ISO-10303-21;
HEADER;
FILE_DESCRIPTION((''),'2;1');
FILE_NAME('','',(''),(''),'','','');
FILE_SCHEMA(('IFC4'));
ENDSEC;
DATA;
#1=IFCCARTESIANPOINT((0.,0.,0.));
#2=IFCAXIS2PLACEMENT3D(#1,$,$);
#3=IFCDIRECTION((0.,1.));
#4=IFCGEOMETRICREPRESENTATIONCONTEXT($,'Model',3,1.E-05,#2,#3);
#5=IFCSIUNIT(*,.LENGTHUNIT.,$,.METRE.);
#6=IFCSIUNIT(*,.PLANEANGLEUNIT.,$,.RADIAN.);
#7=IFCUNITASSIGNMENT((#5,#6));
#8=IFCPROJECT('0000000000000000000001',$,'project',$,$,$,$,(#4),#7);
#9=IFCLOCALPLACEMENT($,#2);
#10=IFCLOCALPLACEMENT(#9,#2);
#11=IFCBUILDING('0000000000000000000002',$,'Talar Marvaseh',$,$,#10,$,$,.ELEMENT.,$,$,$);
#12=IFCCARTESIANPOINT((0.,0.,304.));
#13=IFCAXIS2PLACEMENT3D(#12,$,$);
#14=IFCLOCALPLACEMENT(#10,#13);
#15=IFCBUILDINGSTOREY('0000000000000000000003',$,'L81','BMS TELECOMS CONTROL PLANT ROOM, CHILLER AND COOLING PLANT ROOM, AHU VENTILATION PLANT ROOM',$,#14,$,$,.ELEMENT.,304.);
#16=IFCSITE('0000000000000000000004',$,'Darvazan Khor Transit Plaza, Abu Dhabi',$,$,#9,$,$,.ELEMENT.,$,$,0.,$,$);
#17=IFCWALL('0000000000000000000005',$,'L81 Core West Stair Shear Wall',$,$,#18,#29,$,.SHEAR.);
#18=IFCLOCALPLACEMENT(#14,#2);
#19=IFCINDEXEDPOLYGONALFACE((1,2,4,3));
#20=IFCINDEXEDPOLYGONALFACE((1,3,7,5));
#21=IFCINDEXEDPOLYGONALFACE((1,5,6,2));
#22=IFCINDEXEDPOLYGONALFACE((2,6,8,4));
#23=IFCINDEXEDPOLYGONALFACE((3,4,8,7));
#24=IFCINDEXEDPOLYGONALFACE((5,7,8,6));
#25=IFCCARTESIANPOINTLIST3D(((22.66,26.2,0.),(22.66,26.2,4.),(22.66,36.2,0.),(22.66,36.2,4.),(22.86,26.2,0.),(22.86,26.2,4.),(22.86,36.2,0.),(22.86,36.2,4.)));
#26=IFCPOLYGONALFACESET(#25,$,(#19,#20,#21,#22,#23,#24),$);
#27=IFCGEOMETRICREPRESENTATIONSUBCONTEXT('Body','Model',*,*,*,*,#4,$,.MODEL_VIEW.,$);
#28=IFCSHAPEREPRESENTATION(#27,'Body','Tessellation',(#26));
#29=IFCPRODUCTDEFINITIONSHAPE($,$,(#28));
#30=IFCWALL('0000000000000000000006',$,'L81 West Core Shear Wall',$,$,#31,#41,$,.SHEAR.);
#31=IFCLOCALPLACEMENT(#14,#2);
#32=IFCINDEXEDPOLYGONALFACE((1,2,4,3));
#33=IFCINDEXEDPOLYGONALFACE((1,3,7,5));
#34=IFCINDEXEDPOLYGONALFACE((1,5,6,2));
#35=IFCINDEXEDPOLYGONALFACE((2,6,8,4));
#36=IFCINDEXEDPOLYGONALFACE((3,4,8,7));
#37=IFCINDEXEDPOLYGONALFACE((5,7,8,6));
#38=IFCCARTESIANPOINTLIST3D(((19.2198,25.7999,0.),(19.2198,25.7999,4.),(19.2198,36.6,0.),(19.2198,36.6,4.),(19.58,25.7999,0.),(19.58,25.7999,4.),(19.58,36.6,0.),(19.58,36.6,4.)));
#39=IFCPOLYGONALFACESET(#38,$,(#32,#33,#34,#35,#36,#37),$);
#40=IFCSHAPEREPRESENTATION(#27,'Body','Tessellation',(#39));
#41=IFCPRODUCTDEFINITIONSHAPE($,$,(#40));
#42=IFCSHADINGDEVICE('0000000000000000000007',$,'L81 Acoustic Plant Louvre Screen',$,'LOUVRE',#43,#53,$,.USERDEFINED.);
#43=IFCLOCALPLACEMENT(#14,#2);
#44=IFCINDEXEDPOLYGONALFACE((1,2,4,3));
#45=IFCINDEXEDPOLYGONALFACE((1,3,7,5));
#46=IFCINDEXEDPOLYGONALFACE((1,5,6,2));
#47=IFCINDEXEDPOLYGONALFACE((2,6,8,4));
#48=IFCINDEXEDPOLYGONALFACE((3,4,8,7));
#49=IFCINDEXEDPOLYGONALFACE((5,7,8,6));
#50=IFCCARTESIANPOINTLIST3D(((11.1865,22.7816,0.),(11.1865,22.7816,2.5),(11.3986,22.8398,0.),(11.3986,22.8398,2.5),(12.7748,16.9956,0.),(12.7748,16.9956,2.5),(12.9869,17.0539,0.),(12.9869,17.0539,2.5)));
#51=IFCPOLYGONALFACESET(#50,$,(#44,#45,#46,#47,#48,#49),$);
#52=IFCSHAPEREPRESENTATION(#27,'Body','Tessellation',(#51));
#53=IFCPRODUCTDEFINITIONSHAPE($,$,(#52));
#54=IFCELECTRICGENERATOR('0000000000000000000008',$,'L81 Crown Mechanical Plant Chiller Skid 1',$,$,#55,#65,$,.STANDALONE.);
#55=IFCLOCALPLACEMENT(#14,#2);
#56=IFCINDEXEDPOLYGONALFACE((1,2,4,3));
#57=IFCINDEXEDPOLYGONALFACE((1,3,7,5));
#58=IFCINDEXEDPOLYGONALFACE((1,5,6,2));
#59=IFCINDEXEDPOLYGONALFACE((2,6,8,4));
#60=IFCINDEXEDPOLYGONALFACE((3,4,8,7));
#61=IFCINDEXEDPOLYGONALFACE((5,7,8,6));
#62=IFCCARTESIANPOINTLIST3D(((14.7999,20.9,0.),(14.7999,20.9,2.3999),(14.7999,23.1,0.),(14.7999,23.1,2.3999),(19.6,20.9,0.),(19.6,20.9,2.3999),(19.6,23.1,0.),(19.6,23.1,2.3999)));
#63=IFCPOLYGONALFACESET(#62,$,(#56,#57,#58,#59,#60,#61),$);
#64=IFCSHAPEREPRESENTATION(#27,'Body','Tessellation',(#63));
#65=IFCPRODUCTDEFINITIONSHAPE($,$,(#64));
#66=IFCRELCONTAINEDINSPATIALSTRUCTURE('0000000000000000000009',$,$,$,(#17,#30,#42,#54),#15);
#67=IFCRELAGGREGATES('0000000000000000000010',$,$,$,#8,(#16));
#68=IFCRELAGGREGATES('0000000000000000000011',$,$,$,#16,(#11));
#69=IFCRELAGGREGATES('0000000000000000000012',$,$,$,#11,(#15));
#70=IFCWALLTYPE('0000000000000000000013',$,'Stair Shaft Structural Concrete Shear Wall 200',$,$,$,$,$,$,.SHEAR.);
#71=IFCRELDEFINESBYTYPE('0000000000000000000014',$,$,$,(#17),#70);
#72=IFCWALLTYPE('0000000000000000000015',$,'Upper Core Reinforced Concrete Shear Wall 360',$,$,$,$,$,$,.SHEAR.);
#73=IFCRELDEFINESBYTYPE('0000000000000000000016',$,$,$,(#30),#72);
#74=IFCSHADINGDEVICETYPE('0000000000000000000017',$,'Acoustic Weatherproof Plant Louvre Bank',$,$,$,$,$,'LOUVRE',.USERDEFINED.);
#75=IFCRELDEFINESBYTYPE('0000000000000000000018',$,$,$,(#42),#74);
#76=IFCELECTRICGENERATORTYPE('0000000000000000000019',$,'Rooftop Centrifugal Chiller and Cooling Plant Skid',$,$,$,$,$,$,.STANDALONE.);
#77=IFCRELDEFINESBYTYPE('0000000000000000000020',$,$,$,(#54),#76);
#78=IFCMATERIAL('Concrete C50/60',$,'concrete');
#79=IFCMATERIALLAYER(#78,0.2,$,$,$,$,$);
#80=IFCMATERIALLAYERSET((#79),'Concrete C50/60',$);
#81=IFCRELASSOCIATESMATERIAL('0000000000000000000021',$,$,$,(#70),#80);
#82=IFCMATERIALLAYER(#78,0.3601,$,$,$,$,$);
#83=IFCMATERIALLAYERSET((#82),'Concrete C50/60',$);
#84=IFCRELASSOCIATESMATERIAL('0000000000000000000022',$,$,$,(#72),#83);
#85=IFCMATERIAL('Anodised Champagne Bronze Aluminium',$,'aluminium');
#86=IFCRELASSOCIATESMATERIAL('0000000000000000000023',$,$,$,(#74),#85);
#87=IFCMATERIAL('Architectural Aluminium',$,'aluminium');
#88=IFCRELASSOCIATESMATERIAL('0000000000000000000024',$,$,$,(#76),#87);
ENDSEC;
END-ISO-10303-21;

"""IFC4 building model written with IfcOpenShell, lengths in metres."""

from ifc_helpers import new_model, si_unit, direction, frame, frame_2d, origin, origin_2d, place, context, subcontext, project, spatial, rectangle, extrude, source, transform, mapped, material, layer, layer_set, type_object, type_shapes, element, save


model = new_model("IFC4")

# Units and contexts
model_context = context("Model", 3, precision=1e-05, world=origin(), true_north=direction((0.0, 1.0)))
body_context = subcontext(model_context, "Body", "Model", "MODEL_VIEW")
ifc_project = project(units=[si_unit("LENGTHUNIT", "METRE"), si_unit("PLANEANGLEUNIT", "RADIAN")], contexts=[model_context])

# Site, building, storey
site_placement = place(None, origin())
site = spatial("IfcSite", under=ifc_project, at=site_placement, Name="Darvazan Khor Transit Plaza, Abu Dhabi", CompositionType="ELEMENT", RefElevation=0.0)
building_placement = place(site_placement, origin())
building = spatial("IfcBuilding", under=site, at=building_placement, Name="Talar Marvaseh", CompositionType="ELEMENT")
storey_placement = place(building_placement, frame((0.0, 0.0, 304.0)))
storey = spatial("IfcBuildingStorey", under=building, at=storey_placement, Name="L81", Description="BMS TELECOMS CONTROL PLANT ROOM, CHILLER AND COOLING PLANT ROOM, AHU VENTILATION PLANT ROOM", CompositionType="ELEMENT", Elevation=304.0)

# Shared definitions
ifc_material_1 = material(Name="Concrete C50/60", Category="concrete")

# Shared definitions
ifc_material_2 = material(Name="Architectural Aluminium", Category="aluminium")

# Walls
ifc_layer_1 = layer(ifc_material_1, 0.2)
ifc_layer_set_1 = layer_set([ifc_layer_1], Name="Concrete C50/60")
wall_type_1 = type_object("IfcWallType", Name="Stair Shaft Structural Concrete Shear Wall 200", PredefinedType="SHEAR", material=ifc_layer_set_1)
wall_1_placement = place(storey_placement, frame((22.76, 26.2, 0.0), z_axis=(0.0, 0.0, 1.0), x_axis=(0.0, 1.0, 0.0)))
element("IfcWall", 1, at=wall_1_placement, inside=storey, type_object=wall_type_1, Name="L81 Core West Stair Shear Wall", PredefinedType="SHEAR", context=body_context, shape_type="SweptSolid", body=[
    extrude(rectangle(XDim=10.0, YDim=0.2, at=frame_2d((5.0, 0.0))), origin(), (0.0, 0.0, 1.0), 4.0),
])
ifc_layer_2 = layer(ifc_material_1, 0.3601)
ifc_layer_set_2 = layer_set([ifc_layer_2], Name="Concrete C50/60")
wall_type_2 = type_object("IfcWallType", Name="Upper Core Reinforced Concrete Shear Wall 360", PredefinedType="SHEAR", material=ifc_layer_set_2)
wall_2_placement = place(storey_placement, frame((19.3999, 25.8, 0.0), z_axis=(0.0, 0.0, 1.0), x_axis=(0.0, 1.0, 0.0)))
element("IfcWall", 2, at=wall_2_placement, inside=storey, type_object=wall_type_2, Name="L81 West Core Shear Wall", PredefinedType="SHEAR", context=body_context, shape_type="SweptSolid", body=[
    extrude(rectangle(XDim=10.8, YDim=0.3601, at=frame_2d((5.3999, 0.0))), origin(), (0.0, 0.0, 1.0), 4.0),
])

# Shading device
ifc_material_3 = material(Name="Anodised Champagne Bronze Aluminium", Category="aluminium")
shading_device_type = type_object("IfcShadingDeviceType", Name="Acoustic Weatherproof Plant Louvre Bank", ElementType="LOUVRE", PredefinedType="USERDEFINED", material=ifc_material_3)
shared_shape_1 = source(origin(), body_context, "Body", "SweptSolid", [
    extrude(rectangle(XDim=6.0, YDim=0.22, at=origin_2d()), origin(), (0.0, 0.0, 1.0), 2.5),
])
type_shapes(shading_device_type, [shared_shape_1])
shading_device_placement = place(storey_placement, frame((12.0867, 19.9177, 0.0), z_axis=(0.0, 0.0, 1.0), x_axis=(-0.264715, 0.964327, 0.0)))
element("IfcShadingDevice", 3, at=shading_device_placement, inside=storey, type_object=shading_device_type, Name="L81 Acoustic Plant Louvre Screen", ObjectType="LOUVRE", PredefinedType="USERDEFINED", context=body_context, shape_type="MappedRepresentation", body=[
    mapped(shared_shape_1, transform((0.0, 0.0, 0.0), x_axis=(1.0, 0.0, 0.0), y_axis=(0.0, 1.0, 0.0), z_axis=(0.0, 0.0, 1.0), scale=1.0)),
])

# Electric generator
electric_generator_type = type_object("IfcElectricGeneratorType", Name="Rooftop Centrifugal Chiller and Cooling Plant Skid", PredefinedType="STANDALONE", material=ifc_material_2)
shared_shape_2 = source(origin(), body_context, "Body", "SweptSolid", [
    extrude(rectangle(XDim=4.8, YDim=2.2, at=origin_2d()), origin(), (0.0, 0.0, 1.0), 2.3999),
])
type_shapes(electric_generator_type, [shared_shape_2])
electric_generator_placement = place(storey_placement, frame((17.2, 22.0, 0.0), z_axis=(0.0, 0.0, 1.0), x_axis=(1.0, 0.0, 0.0)))
element("IfcElectricGenerator", 4, at=electric_generator_placement, inside=storey, type_object=electric_generator_type, Name="L81 Crown Mechanical Plant Chiller Skid 1", PredefinedType="STANDALONE", context=body_context, shape_type="MappedRepresentation", body=[
    mapped(shared_shape_2, transform((0.0, 0.0, 0.0), x_axis=(1.0, 0.0, 0.0), y_axis=(0.0, 1.0, 0.0), z_axis=(0.0, 0.0, 1.0), scale=1.0)),
])

save(model, "model.ifc")
